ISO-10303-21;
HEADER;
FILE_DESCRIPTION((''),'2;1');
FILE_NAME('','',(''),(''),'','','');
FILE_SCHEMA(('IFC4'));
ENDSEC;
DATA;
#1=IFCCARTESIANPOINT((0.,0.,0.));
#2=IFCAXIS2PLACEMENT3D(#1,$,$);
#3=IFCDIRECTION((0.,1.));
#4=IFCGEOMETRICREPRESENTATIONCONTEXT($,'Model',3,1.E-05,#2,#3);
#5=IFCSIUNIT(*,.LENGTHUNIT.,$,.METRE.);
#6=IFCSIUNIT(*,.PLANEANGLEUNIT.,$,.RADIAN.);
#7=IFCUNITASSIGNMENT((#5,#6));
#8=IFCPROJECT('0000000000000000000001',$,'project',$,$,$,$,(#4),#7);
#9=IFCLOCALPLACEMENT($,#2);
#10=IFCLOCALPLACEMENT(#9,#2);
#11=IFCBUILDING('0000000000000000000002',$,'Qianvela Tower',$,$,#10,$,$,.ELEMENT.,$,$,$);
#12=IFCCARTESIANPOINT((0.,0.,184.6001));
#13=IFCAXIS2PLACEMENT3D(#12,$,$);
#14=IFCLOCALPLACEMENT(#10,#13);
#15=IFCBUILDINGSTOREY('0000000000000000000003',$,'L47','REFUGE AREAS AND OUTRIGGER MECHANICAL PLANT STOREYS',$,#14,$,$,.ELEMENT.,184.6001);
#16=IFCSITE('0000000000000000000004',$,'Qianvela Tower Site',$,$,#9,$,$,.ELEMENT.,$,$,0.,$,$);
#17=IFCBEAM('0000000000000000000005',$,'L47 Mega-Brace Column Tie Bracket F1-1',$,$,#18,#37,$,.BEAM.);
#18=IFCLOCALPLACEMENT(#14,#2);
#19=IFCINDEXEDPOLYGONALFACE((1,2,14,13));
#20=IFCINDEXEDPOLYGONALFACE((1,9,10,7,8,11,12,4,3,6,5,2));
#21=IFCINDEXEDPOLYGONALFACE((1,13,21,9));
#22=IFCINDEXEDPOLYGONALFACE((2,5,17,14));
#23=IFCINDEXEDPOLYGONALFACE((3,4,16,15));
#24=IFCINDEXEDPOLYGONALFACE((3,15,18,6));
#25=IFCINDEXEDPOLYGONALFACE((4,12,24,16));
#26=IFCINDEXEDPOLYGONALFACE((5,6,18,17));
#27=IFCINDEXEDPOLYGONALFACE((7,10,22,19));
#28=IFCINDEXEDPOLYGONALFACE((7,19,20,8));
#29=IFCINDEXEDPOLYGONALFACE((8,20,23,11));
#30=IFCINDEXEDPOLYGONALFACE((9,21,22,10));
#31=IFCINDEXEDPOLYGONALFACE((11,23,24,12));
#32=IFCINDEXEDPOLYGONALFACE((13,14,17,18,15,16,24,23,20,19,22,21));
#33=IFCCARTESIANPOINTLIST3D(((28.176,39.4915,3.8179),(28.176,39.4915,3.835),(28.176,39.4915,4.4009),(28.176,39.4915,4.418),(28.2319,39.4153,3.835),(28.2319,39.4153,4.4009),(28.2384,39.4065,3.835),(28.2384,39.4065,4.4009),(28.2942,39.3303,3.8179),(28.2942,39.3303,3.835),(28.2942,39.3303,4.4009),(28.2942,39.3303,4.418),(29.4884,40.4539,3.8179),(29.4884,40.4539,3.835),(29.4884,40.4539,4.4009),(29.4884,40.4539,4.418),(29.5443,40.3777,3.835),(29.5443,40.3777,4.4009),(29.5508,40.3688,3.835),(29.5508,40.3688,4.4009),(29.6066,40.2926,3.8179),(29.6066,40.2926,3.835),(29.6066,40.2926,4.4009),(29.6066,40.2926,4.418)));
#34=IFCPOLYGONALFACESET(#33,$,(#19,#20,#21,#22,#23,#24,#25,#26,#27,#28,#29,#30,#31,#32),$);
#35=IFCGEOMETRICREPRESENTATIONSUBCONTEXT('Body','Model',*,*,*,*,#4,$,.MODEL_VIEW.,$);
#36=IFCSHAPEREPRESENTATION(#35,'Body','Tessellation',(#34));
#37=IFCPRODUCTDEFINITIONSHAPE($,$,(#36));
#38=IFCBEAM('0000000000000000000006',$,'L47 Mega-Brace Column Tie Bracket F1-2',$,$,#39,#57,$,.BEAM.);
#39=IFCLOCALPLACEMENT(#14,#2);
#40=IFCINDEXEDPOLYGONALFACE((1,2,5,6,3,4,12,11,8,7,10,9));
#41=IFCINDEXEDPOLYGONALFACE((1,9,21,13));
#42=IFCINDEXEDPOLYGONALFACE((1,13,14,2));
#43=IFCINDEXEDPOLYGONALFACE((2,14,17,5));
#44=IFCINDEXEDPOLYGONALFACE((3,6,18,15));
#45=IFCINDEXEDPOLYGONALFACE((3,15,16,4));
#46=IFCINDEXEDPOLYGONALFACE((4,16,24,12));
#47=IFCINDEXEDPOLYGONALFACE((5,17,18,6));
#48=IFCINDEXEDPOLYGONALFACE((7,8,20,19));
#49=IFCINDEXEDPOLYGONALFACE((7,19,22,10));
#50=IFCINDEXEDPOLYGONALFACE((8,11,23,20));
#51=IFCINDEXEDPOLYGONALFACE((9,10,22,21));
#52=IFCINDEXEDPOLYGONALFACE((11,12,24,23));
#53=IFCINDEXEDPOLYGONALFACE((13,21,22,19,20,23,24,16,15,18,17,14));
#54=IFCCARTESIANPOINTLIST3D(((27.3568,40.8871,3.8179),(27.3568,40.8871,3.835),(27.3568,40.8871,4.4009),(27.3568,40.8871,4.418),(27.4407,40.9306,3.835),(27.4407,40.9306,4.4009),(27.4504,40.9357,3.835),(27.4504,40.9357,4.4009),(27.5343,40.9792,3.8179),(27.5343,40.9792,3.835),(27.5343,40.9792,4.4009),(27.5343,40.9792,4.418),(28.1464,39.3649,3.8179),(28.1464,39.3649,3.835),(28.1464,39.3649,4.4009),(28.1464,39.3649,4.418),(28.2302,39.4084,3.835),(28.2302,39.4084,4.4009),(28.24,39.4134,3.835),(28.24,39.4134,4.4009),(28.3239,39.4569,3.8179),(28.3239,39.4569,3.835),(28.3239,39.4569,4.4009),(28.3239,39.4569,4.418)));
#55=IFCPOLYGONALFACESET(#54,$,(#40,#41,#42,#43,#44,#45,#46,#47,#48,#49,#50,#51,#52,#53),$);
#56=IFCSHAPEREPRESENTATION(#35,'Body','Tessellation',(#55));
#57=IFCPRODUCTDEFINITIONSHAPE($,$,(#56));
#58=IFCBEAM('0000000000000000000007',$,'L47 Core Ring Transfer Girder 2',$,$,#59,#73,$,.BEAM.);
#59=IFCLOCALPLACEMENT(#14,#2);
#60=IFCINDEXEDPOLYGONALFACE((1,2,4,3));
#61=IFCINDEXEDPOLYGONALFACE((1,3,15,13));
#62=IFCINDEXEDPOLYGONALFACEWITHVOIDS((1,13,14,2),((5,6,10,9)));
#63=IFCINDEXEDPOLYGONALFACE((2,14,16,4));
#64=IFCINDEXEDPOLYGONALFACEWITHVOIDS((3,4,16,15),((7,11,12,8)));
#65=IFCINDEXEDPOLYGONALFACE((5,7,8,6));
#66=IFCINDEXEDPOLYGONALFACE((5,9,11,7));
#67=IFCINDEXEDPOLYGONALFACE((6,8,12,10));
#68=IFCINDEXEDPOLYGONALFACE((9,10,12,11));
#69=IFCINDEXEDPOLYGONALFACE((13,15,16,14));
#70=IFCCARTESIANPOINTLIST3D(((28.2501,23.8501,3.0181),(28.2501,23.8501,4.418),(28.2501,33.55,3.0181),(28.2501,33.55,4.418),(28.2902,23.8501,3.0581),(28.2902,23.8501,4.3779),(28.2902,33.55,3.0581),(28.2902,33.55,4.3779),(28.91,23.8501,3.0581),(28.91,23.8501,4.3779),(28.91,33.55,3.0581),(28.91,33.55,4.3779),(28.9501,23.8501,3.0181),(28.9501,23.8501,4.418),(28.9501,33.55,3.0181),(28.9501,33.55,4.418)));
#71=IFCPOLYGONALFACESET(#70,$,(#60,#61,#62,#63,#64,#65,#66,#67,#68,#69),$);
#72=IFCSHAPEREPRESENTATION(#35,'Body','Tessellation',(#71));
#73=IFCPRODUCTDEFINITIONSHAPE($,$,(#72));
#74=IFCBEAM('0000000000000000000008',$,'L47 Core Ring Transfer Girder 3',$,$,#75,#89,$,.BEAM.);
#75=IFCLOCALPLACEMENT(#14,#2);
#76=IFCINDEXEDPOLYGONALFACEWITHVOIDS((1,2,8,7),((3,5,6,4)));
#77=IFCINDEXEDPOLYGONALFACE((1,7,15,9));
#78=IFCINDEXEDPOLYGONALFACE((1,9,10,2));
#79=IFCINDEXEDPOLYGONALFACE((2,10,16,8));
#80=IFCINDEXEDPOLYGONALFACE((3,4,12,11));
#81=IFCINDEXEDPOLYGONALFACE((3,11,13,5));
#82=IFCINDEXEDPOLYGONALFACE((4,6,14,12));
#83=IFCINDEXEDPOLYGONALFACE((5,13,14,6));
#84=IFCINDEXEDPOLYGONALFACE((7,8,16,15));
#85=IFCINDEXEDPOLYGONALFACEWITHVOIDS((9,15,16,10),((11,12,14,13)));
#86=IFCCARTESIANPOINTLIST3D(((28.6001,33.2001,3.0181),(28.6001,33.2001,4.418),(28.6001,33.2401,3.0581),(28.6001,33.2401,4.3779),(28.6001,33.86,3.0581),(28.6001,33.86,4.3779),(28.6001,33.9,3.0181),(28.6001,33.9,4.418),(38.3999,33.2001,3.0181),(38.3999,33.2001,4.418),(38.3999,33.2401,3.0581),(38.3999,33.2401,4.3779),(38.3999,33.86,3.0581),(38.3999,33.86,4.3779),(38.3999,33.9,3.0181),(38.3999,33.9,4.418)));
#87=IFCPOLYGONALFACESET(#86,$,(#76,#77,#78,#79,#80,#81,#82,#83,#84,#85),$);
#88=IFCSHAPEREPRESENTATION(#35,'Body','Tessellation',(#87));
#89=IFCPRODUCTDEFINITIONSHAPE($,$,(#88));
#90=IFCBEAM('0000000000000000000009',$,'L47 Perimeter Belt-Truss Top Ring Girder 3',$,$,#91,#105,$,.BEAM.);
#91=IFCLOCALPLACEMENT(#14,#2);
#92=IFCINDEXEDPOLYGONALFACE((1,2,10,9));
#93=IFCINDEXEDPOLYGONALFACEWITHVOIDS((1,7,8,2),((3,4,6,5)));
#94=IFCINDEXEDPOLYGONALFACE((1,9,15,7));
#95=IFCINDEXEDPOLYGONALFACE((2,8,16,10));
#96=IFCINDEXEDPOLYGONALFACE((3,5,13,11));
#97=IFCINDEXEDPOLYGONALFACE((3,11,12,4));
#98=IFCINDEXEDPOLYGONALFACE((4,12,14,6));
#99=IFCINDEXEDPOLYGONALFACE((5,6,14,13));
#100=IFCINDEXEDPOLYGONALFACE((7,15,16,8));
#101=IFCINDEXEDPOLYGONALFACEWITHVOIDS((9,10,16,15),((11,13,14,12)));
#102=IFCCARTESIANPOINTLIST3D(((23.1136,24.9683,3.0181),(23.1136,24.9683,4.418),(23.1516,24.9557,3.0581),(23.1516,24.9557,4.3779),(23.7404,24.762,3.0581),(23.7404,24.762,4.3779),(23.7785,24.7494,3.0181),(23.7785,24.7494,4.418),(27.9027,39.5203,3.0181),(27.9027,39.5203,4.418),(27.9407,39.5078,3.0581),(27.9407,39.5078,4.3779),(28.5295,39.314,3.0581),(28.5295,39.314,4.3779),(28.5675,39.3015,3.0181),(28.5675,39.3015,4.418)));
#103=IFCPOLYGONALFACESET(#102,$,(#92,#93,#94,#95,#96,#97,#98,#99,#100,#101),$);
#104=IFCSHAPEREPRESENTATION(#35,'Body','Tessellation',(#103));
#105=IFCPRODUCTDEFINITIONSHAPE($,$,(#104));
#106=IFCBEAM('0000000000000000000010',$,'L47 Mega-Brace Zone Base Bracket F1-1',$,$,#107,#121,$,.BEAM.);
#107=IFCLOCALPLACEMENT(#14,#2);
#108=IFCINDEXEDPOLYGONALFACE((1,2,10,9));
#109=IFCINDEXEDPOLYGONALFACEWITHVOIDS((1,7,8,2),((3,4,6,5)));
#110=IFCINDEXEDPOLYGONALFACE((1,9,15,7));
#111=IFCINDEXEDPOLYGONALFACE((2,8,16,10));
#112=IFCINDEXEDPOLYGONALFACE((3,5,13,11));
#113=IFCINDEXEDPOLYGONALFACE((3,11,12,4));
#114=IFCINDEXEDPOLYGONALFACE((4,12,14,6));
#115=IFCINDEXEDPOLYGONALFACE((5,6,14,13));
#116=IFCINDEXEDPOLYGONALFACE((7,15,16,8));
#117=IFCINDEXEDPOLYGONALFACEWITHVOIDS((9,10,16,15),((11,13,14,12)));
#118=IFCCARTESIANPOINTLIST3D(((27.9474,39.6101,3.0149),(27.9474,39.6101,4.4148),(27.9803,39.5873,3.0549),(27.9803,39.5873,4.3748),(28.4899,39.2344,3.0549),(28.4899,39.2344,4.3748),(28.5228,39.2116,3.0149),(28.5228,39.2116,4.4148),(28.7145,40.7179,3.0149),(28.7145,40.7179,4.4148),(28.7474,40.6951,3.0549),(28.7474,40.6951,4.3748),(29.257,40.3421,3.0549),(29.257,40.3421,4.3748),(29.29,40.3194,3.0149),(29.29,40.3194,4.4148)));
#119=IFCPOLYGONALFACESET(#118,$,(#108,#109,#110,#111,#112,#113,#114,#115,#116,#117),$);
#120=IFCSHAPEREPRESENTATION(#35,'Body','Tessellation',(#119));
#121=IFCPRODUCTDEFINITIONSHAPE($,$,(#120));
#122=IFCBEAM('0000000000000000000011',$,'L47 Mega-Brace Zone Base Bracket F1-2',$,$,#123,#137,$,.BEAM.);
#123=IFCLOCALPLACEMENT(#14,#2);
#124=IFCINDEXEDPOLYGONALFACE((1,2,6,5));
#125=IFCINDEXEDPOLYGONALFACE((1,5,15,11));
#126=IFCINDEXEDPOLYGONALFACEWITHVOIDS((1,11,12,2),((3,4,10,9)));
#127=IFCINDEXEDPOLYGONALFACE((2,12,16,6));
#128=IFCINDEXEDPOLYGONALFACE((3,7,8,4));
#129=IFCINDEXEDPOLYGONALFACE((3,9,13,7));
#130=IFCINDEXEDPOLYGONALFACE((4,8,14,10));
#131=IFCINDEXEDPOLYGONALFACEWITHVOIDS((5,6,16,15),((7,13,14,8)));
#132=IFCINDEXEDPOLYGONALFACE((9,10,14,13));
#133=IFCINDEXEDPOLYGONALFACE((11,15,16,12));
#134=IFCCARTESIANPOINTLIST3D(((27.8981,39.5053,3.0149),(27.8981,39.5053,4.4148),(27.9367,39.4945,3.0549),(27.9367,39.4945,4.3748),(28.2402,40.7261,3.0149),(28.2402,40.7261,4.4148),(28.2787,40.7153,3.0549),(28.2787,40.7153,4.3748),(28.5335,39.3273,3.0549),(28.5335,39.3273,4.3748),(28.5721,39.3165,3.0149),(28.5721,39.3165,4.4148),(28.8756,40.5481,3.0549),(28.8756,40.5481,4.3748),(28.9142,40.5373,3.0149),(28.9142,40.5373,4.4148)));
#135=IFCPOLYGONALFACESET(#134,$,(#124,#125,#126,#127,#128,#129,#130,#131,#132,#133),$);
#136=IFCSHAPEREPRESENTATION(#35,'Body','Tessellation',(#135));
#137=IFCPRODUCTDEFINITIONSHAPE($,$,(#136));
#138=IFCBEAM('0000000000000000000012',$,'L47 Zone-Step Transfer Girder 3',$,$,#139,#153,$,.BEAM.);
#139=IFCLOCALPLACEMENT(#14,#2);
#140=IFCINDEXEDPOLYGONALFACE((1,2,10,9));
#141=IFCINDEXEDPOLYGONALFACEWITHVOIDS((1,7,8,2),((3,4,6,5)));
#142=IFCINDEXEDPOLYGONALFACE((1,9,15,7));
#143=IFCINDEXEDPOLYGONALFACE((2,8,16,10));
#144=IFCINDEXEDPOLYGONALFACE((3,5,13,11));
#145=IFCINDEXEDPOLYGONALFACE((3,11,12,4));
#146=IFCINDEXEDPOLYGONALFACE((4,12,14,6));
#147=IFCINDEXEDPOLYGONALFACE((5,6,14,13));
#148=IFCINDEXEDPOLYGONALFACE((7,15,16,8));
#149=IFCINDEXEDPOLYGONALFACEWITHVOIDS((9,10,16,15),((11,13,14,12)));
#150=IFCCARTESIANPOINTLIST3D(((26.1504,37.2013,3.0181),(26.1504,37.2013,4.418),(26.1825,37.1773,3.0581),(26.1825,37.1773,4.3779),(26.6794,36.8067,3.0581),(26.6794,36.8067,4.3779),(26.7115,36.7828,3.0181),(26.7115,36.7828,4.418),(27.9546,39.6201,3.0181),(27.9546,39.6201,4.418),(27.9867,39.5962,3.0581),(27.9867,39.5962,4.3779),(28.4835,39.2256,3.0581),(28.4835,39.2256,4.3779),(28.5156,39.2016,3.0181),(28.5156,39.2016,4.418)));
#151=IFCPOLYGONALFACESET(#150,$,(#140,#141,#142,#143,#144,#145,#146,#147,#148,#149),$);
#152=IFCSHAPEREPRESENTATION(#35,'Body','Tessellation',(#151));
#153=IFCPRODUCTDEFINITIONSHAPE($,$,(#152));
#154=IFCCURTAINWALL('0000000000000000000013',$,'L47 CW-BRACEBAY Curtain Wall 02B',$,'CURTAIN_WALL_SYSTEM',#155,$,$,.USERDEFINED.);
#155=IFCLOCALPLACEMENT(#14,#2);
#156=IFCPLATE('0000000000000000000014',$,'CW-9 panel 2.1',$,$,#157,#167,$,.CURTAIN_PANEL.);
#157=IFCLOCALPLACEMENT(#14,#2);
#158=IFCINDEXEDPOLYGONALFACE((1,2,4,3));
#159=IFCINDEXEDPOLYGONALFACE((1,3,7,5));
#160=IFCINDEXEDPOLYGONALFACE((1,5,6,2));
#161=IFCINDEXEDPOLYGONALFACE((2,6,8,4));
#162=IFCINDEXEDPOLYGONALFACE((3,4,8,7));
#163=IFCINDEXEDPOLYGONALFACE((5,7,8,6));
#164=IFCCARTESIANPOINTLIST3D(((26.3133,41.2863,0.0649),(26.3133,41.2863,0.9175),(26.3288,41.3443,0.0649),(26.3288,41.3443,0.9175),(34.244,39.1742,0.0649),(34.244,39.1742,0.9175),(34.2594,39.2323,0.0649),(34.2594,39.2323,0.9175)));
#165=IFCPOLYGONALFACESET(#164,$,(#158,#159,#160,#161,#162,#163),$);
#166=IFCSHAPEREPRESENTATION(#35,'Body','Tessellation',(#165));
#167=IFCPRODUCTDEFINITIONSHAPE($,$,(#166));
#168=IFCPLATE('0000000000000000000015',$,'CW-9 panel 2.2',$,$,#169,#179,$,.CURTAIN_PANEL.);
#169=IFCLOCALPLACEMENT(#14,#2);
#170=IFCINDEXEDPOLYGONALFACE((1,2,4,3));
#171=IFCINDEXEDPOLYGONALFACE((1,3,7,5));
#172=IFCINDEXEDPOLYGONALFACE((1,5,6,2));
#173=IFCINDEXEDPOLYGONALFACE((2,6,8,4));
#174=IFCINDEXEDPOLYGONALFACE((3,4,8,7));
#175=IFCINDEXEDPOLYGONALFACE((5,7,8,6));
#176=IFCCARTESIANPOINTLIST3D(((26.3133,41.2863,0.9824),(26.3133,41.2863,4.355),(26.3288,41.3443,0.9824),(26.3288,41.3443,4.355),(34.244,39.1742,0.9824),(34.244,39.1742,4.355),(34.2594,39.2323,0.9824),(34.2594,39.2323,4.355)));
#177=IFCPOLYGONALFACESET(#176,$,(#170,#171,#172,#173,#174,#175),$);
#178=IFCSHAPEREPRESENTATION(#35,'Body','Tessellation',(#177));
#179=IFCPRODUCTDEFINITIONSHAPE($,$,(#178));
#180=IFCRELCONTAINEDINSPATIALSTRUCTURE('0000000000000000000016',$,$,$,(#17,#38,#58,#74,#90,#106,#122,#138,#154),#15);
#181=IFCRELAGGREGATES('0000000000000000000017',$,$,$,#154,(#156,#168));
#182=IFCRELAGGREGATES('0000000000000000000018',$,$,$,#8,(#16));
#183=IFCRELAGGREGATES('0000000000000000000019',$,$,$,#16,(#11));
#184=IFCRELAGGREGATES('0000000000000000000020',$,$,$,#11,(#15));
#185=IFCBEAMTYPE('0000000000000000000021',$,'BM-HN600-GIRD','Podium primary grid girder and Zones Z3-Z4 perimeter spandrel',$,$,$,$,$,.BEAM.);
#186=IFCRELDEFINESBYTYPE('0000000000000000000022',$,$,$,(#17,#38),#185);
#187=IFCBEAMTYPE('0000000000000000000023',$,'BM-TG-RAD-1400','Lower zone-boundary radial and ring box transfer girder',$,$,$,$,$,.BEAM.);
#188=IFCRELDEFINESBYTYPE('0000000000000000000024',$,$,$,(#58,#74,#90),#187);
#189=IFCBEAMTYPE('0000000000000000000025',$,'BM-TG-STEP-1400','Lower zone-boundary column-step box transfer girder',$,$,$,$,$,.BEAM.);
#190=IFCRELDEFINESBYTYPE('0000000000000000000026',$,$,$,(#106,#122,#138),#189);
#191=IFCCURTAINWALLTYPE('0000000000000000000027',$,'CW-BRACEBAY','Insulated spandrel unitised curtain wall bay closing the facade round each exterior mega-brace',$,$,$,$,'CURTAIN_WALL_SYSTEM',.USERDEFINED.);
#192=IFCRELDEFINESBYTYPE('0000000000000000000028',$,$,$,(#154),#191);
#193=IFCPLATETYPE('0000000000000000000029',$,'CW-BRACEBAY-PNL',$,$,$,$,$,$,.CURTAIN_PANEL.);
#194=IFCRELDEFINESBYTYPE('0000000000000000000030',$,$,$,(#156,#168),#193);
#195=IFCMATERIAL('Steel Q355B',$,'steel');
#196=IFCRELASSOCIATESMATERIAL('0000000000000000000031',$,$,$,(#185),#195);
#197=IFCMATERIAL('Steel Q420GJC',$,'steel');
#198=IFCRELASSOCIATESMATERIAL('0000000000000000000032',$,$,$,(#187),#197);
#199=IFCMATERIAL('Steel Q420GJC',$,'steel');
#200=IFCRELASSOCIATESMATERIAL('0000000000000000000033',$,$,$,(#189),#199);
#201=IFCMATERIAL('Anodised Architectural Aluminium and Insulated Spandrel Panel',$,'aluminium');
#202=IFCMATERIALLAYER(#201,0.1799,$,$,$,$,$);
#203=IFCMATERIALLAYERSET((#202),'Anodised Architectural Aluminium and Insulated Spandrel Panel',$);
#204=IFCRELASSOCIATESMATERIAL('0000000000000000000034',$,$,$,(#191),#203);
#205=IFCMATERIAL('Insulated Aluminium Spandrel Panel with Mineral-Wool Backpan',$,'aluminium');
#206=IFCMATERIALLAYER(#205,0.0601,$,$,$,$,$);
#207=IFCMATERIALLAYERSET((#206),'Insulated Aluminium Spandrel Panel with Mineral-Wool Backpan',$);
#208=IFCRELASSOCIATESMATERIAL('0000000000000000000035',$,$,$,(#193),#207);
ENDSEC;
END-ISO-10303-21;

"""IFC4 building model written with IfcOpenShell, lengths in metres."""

from ifc_helpers import new_model, si_unit, direction, frame, origin, origin_2d, place, context, subcontext, project, spatial, rectangle, hollow_rectangle, i_section, extrude, material, layer, layer_set, material_profile, profile_set, type_object, element, aggregate, save


model = new_model("IFC4")

# Units and contexts
model_context = context("Model", 3, precision=1e-05, world=origin(), true_north=direction((0.0, 1.0)))
body_context = subcontext(model_context, "Body", "Model", "MODEL_VIEW")
ifc_project = project(units=[si_unit("LENGTHUNIT", "METRE"), si_unit("PLANEANGLEUNIT", "RADIAN")], contexts=[model_context])

# Site, building, storey
site_placement = place(None, origin())
site = spatial("IfcSite", under=ifc_project, at=site_placement, Name="Qianvela Tower Site", CompositionType="ELEMENT", RefElevation=0.0)
building_placement = place(site_placement, origin())
building = spatial("IfcBuilding", under=site, at=building_placement, Name="Qianvela Tower", CompositionType="ELEMENT")
storey_placement = place(building_placement, frame((0.0, 0.0, 184.6001)))
storey = spatial("IfcBuildingStorey", under=building, at=storey_placement, Name="L47", Description="REFUGE AREAS AND OUTRIGGER MECHANICAL PLANT STOREYS", CompositionType="ELEMENT", Elevation=184.6001)

# Beams
ifc_material_1 = material(Name="Steel Q355B", Category="steel")
ifc_material_profile_1 = material_profile(ifc_material_1, i_section(OverallWidth=0.2, OverallDepth=0.6001, WebThickness=0.011, FlangeThickness=0.0171, at=origin_2d()), Name="HN600x200x11x17")
ifc_profile_set_1 = profile_set([ifc_material_profile_1], Name="Steel Q355B")
beam_type_1 = type_object("IfcBeamType", Name="BM-HN600-GIRD", Description="Podium primary grid girder and Zones Z3-Z4 perimeter spandrel", PredefinedType="BEAM", material=ifc_profile_set_1)
beam_1_placement = place(storey_placement, frame((28.2351, 39.4109, 4.1179), z_axis=(0.806434, 0.591325, 0.0), x_axis=(-0.591325, 0.806434, 0.0)))
element("IfcBeam", 1, at=beam_1_placement, inside=storey, type_object=beam_type_1, Name="L47 Mega-Brace Column Tie Bracket F1-1", PredefinedType="BEAM", context=body_context, shape_type="SweptSolid", body=[
    extrude(i_section(OverallWidth=0.2, OverallDepth=0.6001, WebThickness=0.011, FlangeThickness=0.0171, at=origin_2d()), origin(), (0.0, 0.0, 1.0), 1.6274),
])
beam_2_placement = place(storey_placement, frame((28.2351, 39.4109, 4.1179), z_axis=(-0.460434, 0.887694, 0.0), x_axis=(-0.887694, -0.460434, 0.0)))
element("IfcBeam", 2, at=beam_2_placement, inside=storey, type_object=beam_type_1, Name="L47 Mega-Brace Column Tie Bracket F1-2", PredefinedType="BEAM", context=body_context, shape_type="SweptSolid", body=[
    extrude(i_section(OverallWidth=0.2, OverallDepth=0.6001, WebThickness=0.011, FlangeThickness=0.0171, at=origin_2d()), origin(), (0.0, 0.0, 1.0), 1.7148),
])
ifc_material_2 = material(Name="Steel Q420GJC", Category="steel")
ifc_material_profile_2 = material_profile(ifc_material_2, hollow_rectangle(XDim=0.7, YDim=1.3999, WallThickness=0.04, at=origin_2d()), Name="TG-BOX-1400x700x40")
ifc_profile_set_2 = profile_set([ifc_material_profile_2], Name="Steel Q420GJC")
beam_type_2 = type_object("IfcBeamType", Name="BM-TG-RAD-1400", Description="Lower zone-boundary radial and ring box transfer girder", PredefinedType="BEAM", material=ifc_profile_set_2)
beam_3_placement = place(storey_placement, frame((28.6001, 33.55, 3.718), z_axis=(0.0, -1.0, 0.0), x_axis=(1.0, 0.0, 0.0)))
element("IfcBeam", 3, at=beam_3_placement, inside=storey, type_object=beam_type_2, Name="L47 Core Ring Transfer Girder 2", PredefinedType="BEAM", context=body_context, shape_type="SweptSolid", body=[
    extrude(hollow_rectangle(XDim=0.7, YDim=1.3999, WallThickness=0.04, at=origin_2d()), origin(), (0.0, 0.0, 1.0), 9.7),
])
beam_4_placement = place(storey_placement, frame((28.6001, 33.55, 3.718), z_axis=(1.0, 0.0, 0.0), x_axis=(0.0, 1.0, 0.0)))
element("IfcBeam", 4, at=beam_4_placement, inside=storey, type_object=beam_type_2, Name="L47 Core Ring Transfer Girder 3", PredefinedType="BEAM", context=body_context, shape_type="SweptSolid", body=[
    extrude(hollow_rectangle(XDim=0.7, YDim=1.3999, WallThickness=0.04, at=origin_2d()), origin(), (0.0, 0.0, 1.0), 9.7998),
])
beam_5_placement = place(storey_placement, frame((28.2351, 39.4109, 3.718), z_axis=(-0.312606, -0.949883, 0.0), x_axis=(0.949883, -0.312606, 0.0)))
element("IfcBeam", 5, at=beam_5_placement, inside=storey, type_object=beam_type_2, Name="L47 Perimeter Belt-Truss Top Ring Girder 3", PredefinedType="BEAM", context=body_context, shape_type="SweptSolid", body=[
    extrude(hollow_rectangle(XDim=0.7, YDim=1.3999, WallThickness=0.04, at=origin_2d()), origin(), (0.0, 0.0, 1.0), 15.3198),
])
ifc_material_3 = material(Name="Steel Q420GJC", Category="steel")
ifc_material_profile_3 = material_profile(ifc_material_3, hollow_rectangle(XDim=0.7, YDim=1.3999, WallThickness=0.04, at=origin_2d()), Name="TG-BOX-1400x700x40")
ifc_profile_set_3 = profile_set([ifc_material_profile_3], Name="Steel Q420GJC")
beam_type_3 = type_object("IfcBeamType", Name="BM-TG-STEP-1400", Description="Lower zone-boundary column-step box transfer girder", PredefinedType="BEAM", material=ifc_profile_set_3)
beam_6_placement = place(storey_placement, frame((28.2351, 39.4109, 3.7148), z_axis=(0.569332, 0.822107, 0.0), x_axis=(-0.822107, 0.569332, 0.0)))
element("IfcBeam", 6, at=beam_6_placement, inside=storey, type_object=beam_type_3, Name="L47 Mega-Brace Zone Base Bracket F1-1", PredefinedType="BEAM", context=body_context, shape_type="SweptSolid", body=[
    extrude(hollow_rectangle(XDim=0.7, YDim=1.3999, WallThickness=0.04, at=origin_2d()), origin(), (0.0, 0.0, 1.0), 1.3474),
])
beam_7_placement = place(storey_placement, frame((28.2351, 39.4109, 3.7148), z_axis=(0.269809, 0.962914, 0.0), x_axis=(-0.962914, 0.269809, 0.0)))
element("IfcBeam", 7, at=beam_7_placement, inside=storey, type_object=beam_type_3, Name="L47 Mega-Brace Zone Base Bracket F1-2", PredefinedType="BEAM", context=body_context, shape_type="SweptSolid", body=[
    extrude(hollow_rectangle(XDim=0.7, YDim=1.3999, WallThickness=0.04, at=origin_2d()), origin(), (0.0, 0.0, 1.0), 1.2678),
])
beam_8_placement = place(storey_placement, frame((28.2351, 39.4109, 3.718), z_axis=(-0.597875, -0.801589, 0.0), x_axis=(0.801589, -0.597875, 0.0)))
element("IfcBeam", 8, at=beam_8_placement, inside=storey, type_object=beam_type_3, Name="L47 Zone-Step Transfer Girder 3", PredefinedType="BEAM", context=body_context, shape_type="SweptSolid", body=[
    extrude(hollow_rectangle(XDim=0.7, YDim=1.3999, WallThickness=0.04, at=origin_2d()), origin(), (0.0, 0.0, 1.0), 3.0176),
])

# Curtain wall, plates
ifc_material_4 = material(Name="Anodised Architectural Aluminium and Insulated Spandrel Panel", Category="aluminium")
ifc_layer_1 = layer(ifc_material_4, 0.1799)
ifc_layer_set_1 = layer_set([ifc_layer_1], Name="Anodised Architectural Aluminium and Insulated Spandrel Panel")
curtain_wall_type = type_object("IfcCurtainWallType", Name="CW-BRACEBAY", Description="Insulated spandrel unitised curtain wall bay closing the facade round each exterior mega-brace", ElementType="CURTAIN_WALL_SYSTEM", PredefinedType="USERDEFINED", material=ifc_layer_set_1)
curtain_wall_placement = place(storey_placement, origin())
curtain_wall = element("IfcCurtainWall", 9, at=curtain_wall_placement, inside=storey, type_object=curtain_wall_type, Name="L47 CW-BRACEBAY Curtain Wall 02B", ObjectType="CURTAIN_WALL_SYSTEM", PredefinedType="USERDEFINED")
ifc_material_5 = material(Name="Insulated Aluminium Spandrel Panel with Mineral-Wool Backpan", Category="aluminium")
ifc_layer_2 = layer(ifc_material_5, 0.0601)
ifc_layer_set_2 = layer_set([ifc_layer_2], Name="Insulated Aluminium Spandrel Panel with Mineral-Wool Backpan")
plate_type_1 = type_object("IfcPlateType", Name="CW-BRACEBAY-PNL", PredefinedType="CURTAIN_PANEL", material=ifc_layer_set_2)
plate_1_placement = place(storey_placement, frame((30.2864, 40.2593, 0.0649), z_axis=(0.0, 0.0, 1.0), x_axis=(-0.966318, 0.257351, 0.0)))
plate_1 = element("IfcPlate", 10, at=plate_1_placement, type_object=plate_type_1, Name="CW-9 panel 2.1", PredefinedType="CURTAIN_PANEL", context=body_context, shape_type="SweptSolid", body=[
    extrude(rectangle(XDim=8.207, YDim=0.0601, at=origin_2d()), origin(), (0.0, 0.0, 1.0), 0.8525),
])
plate_2_placement = place(storey_placement, frame((30.2864, 40.2593, 0.9824), z_axis=(0.0, 0.0, 1.0), x_axis=(-0.966318, 0.257351, 0.0)))
plate_2 = element("IfcPlate", 11, at=plate_2_placement, type_object=plate_type_1, Name="CW-9 panel 2.2", PredefinedType="CURTAIN_PANEL", context=body_context, shape_type="SweptSolid", body=[
    extrude(rectangle(XDim=8.207, YDim=0.0601, at=origin_2d()), origin(), (0.0, 0.0, 1.0), 3.3726),
])
aggregate(curtain_wall, [plate_1, plate_2])

save(model, "model.ifc")
